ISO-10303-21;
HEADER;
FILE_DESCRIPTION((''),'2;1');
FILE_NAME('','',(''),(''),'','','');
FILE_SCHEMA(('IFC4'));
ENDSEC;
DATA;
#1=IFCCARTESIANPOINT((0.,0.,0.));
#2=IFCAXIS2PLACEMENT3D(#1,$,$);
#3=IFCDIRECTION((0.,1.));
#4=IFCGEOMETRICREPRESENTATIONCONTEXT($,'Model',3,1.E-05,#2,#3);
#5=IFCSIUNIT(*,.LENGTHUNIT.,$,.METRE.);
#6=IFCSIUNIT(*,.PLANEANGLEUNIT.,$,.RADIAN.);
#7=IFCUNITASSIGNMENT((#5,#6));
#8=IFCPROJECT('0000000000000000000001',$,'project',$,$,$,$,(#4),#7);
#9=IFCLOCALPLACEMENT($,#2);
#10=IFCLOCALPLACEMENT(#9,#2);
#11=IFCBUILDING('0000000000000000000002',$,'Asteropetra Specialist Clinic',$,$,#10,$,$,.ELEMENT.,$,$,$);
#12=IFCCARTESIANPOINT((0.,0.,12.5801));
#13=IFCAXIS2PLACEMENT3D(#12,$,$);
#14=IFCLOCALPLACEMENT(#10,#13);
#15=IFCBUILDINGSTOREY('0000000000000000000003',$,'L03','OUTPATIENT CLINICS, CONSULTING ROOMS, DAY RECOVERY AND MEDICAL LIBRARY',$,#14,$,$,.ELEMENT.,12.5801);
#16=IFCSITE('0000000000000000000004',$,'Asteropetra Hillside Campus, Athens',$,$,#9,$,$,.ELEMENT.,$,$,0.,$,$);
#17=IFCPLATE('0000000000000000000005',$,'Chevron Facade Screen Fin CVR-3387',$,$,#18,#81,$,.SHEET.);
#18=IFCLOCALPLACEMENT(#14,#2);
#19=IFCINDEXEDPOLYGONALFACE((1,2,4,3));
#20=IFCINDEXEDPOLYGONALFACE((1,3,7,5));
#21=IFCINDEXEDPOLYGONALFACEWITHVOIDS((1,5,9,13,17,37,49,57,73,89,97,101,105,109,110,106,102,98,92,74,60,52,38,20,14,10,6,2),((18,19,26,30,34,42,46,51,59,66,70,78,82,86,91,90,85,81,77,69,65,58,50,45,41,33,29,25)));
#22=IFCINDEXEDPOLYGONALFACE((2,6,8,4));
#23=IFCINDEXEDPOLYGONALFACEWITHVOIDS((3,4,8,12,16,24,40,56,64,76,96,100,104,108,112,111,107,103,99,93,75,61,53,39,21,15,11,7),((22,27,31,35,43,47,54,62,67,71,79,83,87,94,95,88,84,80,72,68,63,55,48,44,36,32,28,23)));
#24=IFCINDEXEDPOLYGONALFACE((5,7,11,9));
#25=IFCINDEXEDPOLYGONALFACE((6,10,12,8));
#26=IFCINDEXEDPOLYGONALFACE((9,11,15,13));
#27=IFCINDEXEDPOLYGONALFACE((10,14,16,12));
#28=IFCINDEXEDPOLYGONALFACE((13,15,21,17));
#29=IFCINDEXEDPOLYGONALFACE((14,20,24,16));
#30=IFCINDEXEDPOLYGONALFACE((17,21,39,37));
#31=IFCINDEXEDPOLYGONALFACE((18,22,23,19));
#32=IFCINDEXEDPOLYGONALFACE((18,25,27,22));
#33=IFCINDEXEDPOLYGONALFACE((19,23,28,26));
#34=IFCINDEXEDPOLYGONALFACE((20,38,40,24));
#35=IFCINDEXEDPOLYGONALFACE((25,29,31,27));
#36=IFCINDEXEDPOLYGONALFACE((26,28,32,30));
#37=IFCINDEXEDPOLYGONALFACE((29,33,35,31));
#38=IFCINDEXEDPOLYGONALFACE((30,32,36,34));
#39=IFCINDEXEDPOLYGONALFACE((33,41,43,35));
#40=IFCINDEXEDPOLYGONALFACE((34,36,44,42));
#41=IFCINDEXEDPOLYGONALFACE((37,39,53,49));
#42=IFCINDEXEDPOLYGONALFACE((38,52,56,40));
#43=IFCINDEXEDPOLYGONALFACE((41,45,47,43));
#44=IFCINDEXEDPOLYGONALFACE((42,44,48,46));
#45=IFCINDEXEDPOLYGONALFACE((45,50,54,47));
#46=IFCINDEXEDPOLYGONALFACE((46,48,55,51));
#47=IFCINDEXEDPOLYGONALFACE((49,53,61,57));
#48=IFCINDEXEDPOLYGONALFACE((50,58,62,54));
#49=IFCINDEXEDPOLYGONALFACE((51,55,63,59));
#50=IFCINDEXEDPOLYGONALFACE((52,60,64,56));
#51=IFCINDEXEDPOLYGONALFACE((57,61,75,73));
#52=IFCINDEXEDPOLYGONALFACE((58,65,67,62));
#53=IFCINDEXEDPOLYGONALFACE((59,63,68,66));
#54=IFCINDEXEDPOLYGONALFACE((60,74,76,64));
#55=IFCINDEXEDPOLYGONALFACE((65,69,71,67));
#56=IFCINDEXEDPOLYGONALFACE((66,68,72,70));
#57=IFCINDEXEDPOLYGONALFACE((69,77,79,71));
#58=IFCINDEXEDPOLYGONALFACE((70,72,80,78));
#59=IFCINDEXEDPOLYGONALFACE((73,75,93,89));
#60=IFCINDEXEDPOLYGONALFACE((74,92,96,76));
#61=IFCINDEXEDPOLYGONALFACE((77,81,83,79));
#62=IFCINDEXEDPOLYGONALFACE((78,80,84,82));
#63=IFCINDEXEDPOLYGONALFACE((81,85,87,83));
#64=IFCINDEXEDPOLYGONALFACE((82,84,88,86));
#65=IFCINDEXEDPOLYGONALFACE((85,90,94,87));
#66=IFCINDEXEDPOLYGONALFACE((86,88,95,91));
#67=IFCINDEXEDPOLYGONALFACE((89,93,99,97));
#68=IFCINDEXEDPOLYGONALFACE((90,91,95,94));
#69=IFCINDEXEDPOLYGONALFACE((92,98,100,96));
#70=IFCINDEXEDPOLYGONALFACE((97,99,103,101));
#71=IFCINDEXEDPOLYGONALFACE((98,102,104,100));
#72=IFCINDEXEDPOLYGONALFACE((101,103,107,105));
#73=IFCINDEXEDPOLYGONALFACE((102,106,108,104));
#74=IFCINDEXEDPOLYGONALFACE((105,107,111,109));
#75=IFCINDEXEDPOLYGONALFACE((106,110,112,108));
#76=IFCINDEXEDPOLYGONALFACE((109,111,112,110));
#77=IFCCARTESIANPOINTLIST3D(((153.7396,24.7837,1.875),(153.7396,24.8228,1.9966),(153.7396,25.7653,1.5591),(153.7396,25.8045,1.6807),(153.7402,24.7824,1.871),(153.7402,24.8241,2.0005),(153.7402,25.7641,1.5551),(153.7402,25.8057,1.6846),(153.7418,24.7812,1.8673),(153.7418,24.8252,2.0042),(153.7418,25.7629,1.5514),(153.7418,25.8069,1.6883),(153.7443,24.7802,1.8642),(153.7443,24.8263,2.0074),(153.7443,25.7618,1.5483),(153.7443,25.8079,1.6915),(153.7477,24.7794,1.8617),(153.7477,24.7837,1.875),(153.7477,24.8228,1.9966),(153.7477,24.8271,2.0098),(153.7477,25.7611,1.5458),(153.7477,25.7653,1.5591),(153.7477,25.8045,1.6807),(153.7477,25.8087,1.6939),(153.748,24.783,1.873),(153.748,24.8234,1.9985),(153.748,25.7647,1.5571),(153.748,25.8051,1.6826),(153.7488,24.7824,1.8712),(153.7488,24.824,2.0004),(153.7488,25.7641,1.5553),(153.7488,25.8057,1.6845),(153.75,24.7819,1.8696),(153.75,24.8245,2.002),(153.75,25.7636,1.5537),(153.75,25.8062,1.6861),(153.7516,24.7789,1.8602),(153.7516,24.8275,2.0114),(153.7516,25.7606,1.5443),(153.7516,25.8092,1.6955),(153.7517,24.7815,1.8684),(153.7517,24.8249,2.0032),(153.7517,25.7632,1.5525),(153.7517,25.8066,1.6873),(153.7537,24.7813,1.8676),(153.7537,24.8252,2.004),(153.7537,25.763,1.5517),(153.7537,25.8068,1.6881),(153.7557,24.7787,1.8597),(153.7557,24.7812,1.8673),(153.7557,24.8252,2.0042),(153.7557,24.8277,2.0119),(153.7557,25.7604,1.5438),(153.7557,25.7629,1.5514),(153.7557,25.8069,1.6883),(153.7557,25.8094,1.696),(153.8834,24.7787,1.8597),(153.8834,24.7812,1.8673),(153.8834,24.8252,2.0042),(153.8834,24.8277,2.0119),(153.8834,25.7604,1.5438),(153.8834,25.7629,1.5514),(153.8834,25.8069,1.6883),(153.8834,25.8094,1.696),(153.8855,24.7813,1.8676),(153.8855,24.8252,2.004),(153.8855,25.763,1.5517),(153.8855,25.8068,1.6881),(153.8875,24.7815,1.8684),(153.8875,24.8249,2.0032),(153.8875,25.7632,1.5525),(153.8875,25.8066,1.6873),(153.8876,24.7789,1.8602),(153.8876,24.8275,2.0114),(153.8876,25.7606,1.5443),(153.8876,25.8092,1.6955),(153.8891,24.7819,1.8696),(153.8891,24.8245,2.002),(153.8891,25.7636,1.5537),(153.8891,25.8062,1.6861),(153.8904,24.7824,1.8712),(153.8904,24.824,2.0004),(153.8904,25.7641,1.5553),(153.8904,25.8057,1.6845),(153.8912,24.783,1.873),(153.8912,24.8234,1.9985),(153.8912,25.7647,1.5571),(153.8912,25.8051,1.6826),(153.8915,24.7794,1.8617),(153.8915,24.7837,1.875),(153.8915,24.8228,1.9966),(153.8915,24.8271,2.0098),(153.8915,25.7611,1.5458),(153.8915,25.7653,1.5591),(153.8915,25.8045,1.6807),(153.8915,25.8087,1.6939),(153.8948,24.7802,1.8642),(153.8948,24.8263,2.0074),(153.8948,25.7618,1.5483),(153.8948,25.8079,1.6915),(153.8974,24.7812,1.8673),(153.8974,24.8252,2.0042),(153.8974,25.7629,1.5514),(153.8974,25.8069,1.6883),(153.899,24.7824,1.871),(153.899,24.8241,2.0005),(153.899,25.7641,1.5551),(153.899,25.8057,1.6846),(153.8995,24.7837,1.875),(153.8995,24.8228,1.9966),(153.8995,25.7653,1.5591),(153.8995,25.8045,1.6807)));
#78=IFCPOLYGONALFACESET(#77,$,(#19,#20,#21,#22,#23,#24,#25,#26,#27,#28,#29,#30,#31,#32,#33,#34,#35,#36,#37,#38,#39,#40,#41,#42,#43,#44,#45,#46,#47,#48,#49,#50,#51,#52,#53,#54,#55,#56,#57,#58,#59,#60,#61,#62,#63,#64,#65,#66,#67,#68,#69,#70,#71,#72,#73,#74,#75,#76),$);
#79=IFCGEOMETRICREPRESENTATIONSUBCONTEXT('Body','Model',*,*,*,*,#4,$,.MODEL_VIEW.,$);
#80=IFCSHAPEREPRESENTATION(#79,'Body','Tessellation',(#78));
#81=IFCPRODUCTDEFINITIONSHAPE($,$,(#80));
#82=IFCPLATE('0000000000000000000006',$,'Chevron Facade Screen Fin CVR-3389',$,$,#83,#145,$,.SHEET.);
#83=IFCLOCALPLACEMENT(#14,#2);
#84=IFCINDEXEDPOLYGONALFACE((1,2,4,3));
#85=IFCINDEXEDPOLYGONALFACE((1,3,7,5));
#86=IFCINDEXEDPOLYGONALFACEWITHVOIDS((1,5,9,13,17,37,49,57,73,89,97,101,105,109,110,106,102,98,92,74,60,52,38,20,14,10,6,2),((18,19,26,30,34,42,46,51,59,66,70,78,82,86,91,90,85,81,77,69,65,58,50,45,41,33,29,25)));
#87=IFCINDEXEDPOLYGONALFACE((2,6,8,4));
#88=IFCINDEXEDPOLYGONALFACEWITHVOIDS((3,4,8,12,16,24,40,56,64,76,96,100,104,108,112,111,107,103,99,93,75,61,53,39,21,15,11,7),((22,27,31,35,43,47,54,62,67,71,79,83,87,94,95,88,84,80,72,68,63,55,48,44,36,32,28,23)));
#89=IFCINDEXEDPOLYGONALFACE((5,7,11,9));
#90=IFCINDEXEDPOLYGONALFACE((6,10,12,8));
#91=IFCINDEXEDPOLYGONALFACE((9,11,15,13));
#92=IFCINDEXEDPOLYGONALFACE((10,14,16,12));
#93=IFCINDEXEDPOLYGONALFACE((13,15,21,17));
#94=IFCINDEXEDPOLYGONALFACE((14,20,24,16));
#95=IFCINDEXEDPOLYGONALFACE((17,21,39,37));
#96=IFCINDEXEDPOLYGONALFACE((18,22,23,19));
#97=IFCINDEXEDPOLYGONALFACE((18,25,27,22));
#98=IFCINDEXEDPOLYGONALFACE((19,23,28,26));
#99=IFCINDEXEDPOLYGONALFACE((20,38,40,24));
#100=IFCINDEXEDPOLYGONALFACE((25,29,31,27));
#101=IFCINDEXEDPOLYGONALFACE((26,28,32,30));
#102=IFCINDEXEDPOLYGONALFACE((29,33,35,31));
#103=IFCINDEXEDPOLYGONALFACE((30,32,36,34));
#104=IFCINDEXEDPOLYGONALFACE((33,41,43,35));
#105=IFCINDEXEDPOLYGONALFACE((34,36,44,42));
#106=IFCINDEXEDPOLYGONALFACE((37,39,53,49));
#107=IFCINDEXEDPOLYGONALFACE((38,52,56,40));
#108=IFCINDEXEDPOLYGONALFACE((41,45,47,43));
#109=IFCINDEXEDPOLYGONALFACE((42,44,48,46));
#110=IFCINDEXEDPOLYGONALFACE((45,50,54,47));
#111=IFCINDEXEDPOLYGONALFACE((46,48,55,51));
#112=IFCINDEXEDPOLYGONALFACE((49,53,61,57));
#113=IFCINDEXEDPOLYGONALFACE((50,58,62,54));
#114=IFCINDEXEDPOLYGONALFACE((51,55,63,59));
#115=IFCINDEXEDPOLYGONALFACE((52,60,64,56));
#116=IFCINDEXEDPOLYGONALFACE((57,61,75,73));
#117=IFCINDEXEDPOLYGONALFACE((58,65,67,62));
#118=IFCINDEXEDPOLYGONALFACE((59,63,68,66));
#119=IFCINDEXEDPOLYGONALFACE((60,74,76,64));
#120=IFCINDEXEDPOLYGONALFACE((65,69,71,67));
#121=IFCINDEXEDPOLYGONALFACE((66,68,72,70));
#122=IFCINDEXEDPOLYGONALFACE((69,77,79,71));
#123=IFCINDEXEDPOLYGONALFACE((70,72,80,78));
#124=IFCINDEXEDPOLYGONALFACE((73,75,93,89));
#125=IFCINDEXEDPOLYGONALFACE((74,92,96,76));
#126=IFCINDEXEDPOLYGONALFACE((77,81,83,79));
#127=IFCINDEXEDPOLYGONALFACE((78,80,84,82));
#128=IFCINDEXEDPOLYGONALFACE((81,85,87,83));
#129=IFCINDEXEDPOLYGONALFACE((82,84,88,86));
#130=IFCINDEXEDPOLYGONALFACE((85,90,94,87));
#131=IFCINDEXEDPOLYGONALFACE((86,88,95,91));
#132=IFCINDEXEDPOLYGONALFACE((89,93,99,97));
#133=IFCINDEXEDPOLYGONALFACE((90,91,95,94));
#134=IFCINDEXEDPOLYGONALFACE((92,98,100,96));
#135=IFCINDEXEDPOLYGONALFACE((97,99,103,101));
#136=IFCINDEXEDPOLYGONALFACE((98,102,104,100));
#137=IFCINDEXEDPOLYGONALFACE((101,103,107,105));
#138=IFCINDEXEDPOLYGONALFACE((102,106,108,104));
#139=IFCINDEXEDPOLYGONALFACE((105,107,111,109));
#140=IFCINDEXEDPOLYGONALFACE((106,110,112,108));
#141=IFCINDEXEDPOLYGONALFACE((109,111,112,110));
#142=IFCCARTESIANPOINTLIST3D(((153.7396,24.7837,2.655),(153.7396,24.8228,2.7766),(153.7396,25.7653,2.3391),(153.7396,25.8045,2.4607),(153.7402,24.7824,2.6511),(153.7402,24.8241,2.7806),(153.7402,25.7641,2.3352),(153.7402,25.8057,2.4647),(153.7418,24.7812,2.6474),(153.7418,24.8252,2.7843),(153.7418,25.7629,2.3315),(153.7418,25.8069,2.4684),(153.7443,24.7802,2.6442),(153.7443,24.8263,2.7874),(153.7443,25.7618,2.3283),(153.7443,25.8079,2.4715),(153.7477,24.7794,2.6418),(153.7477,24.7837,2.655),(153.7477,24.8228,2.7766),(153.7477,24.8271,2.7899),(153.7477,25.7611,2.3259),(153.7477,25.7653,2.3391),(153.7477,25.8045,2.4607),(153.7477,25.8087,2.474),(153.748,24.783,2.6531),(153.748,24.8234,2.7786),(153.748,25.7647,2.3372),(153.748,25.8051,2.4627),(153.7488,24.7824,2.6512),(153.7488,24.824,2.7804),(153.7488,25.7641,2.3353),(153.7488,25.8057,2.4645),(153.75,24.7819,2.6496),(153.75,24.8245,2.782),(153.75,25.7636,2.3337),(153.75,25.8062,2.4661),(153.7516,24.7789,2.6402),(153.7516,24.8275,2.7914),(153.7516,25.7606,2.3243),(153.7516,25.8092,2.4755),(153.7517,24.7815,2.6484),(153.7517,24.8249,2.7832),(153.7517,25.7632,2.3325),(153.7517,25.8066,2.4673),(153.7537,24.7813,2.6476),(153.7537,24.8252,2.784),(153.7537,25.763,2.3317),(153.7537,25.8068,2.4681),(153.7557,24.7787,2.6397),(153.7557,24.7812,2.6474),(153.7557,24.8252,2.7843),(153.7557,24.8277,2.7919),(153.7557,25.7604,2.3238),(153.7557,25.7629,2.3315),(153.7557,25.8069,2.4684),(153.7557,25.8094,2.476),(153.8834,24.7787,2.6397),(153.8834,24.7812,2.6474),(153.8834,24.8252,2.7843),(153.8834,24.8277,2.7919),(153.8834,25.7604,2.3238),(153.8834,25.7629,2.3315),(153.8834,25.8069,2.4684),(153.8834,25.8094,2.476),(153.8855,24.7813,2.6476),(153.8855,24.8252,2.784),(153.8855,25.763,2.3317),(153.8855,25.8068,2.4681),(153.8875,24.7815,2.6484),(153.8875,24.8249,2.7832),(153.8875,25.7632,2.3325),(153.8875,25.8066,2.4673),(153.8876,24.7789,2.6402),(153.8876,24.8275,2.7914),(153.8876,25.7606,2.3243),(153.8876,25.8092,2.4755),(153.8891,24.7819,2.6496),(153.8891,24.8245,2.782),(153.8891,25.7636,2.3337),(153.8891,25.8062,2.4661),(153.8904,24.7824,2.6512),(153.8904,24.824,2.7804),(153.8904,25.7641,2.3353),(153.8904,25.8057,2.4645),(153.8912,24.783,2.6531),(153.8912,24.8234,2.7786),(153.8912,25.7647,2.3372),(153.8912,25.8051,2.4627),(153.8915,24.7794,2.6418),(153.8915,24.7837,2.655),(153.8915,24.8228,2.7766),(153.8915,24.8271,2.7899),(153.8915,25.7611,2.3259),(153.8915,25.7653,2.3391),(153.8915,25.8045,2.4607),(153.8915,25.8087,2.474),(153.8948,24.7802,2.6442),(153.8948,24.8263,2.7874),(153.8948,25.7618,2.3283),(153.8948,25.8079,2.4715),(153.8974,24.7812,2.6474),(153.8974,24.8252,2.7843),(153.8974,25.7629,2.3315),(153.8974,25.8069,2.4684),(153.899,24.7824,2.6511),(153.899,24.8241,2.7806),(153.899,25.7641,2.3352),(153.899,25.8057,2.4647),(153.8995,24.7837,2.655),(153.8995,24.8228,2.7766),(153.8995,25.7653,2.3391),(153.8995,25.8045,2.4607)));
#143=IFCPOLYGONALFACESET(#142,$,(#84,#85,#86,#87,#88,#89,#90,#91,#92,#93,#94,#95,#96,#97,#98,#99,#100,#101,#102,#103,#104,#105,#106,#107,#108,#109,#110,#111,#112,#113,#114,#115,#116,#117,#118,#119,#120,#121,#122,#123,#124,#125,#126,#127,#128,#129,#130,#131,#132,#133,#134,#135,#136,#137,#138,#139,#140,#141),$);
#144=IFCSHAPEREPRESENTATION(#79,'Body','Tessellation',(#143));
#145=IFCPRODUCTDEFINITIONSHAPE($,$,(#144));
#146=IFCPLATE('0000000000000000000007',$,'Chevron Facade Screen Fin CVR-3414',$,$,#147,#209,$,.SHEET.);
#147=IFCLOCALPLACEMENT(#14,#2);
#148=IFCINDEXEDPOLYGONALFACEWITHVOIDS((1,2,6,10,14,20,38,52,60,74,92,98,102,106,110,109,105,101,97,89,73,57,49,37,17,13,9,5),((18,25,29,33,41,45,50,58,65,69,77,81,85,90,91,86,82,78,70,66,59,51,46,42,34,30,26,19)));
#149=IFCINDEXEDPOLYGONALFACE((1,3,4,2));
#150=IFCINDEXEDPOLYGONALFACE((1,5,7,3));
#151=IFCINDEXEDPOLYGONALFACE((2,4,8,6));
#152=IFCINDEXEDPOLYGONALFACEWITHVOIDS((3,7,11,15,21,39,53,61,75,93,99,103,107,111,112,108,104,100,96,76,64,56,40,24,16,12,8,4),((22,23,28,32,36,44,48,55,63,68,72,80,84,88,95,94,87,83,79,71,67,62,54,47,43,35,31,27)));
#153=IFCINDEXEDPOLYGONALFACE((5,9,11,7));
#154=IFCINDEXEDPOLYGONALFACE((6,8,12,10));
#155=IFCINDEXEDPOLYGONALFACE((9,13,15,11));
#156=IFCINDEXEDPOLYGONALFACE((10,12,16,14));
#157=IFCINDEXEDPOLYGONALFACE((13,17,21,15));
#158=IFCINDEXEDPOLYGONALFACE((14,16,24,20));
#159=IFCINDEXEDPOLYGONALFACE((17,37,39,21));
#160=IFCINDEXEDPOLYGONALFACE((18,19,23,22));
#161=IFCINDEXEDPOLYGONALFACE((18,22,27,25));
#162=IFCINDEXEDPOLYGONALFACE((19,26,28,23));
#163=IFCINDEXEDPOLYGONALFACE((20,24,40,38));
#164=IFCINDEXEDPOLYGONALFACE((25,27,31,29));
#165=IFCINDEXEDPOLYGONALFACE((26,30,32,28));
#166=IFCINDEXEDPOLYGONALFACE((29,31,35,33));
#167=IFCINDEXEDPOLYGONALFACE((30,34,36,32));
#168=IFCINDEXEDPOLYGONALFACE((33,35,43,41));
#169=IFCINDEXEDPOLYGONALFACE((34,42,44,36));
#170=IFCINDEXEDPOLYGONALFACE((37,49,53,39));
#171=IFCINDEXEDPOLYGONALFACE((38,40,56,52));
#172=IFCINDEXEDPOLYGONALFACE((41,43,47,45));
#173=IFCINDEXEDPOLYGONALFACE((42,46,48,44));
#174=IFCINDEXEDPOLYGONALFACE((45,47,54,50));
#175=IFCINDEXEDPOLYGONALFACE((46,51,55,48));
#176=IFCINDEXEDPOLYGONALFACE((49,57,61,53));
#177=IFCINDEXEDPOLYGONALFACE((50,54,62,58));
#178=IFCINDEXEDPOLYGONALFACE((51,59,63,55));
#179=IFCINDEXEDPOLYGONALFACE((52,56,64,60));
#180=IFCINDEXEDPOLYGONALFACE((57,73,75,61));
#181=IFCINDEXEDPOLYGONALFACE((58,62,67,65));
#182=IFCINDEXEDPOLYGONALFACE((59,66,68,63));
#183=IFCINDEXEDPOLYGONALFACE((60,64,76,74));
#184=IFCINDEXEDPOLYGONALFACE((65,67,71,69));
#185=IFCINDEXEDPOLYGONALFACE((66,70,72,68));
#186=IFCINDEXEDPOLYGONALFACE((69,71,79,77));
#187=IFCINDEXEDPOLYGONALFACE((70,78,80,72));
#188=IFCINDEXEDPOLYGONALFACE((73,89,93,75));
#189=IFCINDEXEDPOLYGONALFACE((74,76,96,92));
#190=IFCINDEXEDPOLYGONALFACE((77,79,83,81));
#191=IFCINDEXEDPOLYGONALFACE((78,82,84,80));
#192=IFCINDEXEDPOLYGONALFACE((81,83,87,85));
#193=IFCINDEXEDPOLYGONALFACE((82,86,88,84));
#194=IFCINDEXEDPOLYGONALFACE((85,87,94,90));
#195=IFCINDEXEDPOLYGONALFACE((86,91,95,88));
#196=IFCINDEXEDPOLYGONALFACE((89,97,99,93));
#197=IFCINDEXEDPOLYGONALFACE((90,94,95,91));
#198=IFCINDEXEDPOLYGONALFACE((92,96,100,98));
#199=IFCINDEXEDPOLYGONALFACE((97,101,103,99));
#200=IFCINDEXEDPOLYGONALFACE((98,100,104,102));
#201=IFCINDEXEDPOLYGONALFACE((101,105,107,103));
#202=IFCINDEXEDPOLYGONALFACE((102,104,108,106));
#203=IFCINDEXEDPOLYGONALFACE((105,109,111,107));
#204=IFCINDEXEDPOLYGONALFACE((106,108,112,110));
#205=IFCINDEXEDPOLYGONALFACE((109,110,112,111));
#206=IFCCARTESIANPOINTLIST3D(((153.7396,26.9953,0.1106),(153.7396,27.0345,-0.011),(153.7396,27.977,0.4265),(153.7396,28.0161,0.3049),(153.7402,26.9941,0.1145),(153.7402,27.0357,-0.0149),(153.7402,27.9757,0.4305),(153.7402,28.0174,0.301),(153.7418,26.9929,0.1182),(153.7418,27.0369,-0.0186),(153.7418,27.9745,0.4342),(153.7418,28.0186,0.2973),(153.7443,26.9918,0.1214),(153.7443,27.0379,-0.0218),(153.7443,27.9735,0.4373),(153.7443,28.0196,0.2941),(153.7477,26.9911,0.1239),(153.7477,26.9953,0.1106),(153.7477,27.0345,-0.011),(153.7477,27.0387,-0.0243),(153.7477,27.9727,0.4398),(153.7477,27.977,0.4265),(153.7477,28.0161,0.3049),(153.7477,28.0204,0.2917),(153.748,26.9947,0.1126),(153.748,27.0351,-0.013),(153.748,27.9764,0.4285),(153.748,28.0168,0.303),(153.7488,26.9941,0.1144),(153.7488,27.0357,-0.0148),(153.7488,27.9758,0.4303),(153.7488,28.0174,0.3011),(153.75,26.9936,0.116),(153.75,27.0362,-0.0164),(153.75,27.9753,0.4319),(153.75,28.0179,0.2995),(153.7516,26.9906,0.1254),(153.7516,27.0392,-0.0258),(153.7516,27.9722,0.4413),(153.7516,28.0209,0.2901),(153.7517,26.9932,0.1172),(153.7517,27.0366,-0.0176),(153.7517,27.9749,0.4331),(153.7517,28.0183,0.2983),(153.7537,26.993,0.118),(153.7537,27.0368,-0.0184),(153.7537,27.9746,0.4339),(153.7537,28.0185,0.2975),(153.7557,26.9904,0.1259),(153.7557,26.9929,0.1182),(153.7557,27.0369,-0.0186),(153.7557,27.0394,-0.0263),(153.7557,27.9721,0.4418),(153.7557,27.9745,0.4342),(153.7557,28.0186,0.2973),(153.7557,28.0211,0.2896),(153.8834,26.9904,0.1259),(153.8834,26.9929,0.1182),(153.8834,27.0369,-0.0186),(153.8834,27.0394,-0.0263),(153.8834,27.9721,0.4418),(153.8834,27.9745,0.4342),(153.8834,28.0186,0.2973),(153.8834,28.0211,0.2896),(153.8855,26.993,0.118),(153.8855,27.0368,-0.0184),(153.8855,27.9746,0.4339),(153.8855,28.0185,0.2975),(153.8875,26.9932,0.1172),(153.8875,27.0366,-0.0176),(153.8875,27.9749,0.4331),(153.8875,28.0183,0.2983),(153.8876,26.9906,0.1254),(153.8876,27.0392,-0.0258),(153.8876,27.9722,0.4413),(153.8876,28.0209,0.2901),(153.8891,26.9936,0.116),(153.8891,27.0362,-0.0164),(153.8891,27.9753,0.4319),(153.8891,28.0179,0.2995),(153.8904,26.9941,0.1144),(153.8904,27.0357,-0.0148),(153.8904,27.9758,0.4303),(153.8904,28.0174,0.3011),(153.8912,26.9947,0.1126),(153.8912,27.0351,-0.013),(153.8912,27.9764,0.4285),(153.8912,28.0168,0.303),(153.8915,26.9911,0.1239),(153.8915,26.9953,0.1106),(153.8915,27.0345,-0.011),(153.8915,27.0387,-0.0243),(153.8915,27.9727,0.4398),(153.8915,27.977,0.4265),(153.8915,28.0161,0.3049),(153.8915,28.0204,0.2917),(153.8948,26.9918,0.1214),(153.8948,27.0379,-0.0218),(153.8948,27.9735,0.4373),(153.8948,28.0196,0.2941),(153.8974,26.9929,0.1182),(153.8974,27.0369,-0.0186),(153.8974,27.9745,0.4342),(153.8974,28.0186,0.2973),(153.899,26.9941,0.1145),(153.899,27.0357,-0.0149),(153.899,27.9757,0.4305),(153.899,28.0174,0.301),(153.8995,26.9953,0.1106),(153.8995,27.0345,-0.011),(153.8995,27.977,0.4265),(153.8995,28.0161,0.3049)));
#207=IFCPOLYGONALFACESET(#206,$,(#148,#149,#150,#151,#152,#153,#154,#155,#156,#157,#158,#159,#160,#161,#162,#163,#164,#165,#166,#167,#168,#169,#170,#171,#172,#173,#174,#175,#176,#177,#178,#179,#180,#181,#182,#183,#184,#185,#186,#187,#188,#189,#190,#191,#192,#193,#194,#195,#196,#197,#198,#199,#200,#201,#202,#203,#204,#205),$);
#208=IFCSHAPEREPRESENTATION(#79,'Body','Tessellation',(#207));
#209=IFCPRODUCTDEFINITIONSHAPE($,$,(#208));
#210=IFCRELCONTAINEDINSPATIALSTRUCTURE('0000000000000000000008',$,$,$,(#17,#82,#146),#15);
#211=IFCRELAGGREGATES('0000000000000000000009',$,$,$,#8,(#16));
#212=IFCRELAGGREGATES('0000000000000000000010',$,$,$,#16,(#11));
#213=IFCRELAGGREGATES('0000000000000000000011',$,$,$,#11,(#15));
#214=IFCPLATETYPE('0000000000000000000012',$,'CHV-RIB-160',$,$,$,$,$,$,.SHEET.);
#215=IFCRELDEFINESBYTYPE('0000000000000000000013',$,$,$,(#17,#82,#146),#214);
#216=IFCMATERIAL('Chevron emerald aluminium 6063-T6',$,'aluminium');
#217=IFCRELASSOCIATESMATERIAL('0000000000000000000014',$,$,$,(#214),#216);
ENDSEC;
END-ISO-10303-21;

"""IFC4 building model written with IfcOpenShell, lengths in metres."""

from ifc_helpers import new_model, si_unit, direction, frame, origin, origin_2d, place, context, subcontext, project, spatial, hollow_rectangle, extrude, material, material_profile, profile_set, type_object, element, save


model = new_model("IFC4")

# Units and contexts
model_context = context("Model", 3, precision=1e-05, world=origin(), true_north=direction((0.0, 1.0)))
body_context = subcontext(model_context, "Body", "Model", "MODEL_VIEW")
ifc_project = project(units=[si_unit("LENGTHUNIT", "METRE"), si_unit("PLANEANGLEUNIT", "RADIAN")], contexts=[model_context])

# Site, building, storey
site_placement = place(None, origin())
site = spatial("IfcSite", under=ifc_project, at=site_placement, Name="Asteropetra Hillside Campus, Athens", CompositionType="ELEMENT", RefElevation=0.0)
building_placement = place(site_placement, origin())
building = spatial("IfcBuilding", under=site, at=building_placement, Name="Asteropetra Specialist Clinic", CompositionType="ELEMENT")
storey_placement = place(building_placement, frame((0.0, 0.0, 12.5801)))
storey = spatial("IfcBuildingStorey", under=building, at=storey_placement, Name="L03", Description="OUTPATIENT CLINICS, CONSULTING ROOMS, DAY RECOVERY AND MEDICAL LIBRARY", CompositionType="ELEMENT", Elevation=12.5801)

# Plates
ifc_material_1 = material(Name="Chevron emerald aluminium 6063-T6", Category="aluminium")
ifc_material_profile_1 = material_profile(ifc_material_1, hollow_rectangle(XDim=0.1599, YDim=0.1599, WallThickness=0.0081, InnerFilletRadius=0.0081, OuterFilletRadius=0.0161, at=origin_2d()), Name="SHS 160x160x8.0")
ifc_profile_set_1 = profile_set([ifc_material_profile_1], Name="Chevron emerald aluminium 6063-T6")
plate_type_1 = type_object("IfcPlateType", Name="CHV-RIB-160", PredefinedType="SHEET", material=ifc_profile_set_1)
for number, where, z_axis, x_axis, name in (
    (1, (153.8196, 24.8032, 1.9358), (0.0, 0.951923, -0.306339), (-1.0, 0.0, 0.0), "Chevron Facade Screen Fin CVR-3387"),
    (2, (153.8196, 24.8032, 2.7158), (0.0, 0.951923, -0.306339), (-1.0, 0.0, 0.0), "Chevron Facade Screen Fin CVR-3389"),
    (3, (153.8196, 27.0149, 0.0498), (0.0, 0.951923, 0.306339), (-1.0, 0.0, 0.0), "Chevron Facade Screen Fin CVR-3414"),
):
    element("IfcPlate", number, at=place(storey_placement, frame(where, z_axis=z_axis, x_axis=x_axis)), inside=storey, type_object=plate_type_1, Name=name, PredefinedType="SHEET", context=body_context, shape_type="SweptSolid", body=[
        extrude(hollow_rectangle(XDim=0.1599, YDim=0.1599, WallThickness=0.0081, InnerFilletRadius=0.0081, OuterFilletRadius=0.0161, at=origin_2d()), origin(), (0.0, 0.0, 1.0), 1.0312),
    ])

save(model, "model.ifc")
